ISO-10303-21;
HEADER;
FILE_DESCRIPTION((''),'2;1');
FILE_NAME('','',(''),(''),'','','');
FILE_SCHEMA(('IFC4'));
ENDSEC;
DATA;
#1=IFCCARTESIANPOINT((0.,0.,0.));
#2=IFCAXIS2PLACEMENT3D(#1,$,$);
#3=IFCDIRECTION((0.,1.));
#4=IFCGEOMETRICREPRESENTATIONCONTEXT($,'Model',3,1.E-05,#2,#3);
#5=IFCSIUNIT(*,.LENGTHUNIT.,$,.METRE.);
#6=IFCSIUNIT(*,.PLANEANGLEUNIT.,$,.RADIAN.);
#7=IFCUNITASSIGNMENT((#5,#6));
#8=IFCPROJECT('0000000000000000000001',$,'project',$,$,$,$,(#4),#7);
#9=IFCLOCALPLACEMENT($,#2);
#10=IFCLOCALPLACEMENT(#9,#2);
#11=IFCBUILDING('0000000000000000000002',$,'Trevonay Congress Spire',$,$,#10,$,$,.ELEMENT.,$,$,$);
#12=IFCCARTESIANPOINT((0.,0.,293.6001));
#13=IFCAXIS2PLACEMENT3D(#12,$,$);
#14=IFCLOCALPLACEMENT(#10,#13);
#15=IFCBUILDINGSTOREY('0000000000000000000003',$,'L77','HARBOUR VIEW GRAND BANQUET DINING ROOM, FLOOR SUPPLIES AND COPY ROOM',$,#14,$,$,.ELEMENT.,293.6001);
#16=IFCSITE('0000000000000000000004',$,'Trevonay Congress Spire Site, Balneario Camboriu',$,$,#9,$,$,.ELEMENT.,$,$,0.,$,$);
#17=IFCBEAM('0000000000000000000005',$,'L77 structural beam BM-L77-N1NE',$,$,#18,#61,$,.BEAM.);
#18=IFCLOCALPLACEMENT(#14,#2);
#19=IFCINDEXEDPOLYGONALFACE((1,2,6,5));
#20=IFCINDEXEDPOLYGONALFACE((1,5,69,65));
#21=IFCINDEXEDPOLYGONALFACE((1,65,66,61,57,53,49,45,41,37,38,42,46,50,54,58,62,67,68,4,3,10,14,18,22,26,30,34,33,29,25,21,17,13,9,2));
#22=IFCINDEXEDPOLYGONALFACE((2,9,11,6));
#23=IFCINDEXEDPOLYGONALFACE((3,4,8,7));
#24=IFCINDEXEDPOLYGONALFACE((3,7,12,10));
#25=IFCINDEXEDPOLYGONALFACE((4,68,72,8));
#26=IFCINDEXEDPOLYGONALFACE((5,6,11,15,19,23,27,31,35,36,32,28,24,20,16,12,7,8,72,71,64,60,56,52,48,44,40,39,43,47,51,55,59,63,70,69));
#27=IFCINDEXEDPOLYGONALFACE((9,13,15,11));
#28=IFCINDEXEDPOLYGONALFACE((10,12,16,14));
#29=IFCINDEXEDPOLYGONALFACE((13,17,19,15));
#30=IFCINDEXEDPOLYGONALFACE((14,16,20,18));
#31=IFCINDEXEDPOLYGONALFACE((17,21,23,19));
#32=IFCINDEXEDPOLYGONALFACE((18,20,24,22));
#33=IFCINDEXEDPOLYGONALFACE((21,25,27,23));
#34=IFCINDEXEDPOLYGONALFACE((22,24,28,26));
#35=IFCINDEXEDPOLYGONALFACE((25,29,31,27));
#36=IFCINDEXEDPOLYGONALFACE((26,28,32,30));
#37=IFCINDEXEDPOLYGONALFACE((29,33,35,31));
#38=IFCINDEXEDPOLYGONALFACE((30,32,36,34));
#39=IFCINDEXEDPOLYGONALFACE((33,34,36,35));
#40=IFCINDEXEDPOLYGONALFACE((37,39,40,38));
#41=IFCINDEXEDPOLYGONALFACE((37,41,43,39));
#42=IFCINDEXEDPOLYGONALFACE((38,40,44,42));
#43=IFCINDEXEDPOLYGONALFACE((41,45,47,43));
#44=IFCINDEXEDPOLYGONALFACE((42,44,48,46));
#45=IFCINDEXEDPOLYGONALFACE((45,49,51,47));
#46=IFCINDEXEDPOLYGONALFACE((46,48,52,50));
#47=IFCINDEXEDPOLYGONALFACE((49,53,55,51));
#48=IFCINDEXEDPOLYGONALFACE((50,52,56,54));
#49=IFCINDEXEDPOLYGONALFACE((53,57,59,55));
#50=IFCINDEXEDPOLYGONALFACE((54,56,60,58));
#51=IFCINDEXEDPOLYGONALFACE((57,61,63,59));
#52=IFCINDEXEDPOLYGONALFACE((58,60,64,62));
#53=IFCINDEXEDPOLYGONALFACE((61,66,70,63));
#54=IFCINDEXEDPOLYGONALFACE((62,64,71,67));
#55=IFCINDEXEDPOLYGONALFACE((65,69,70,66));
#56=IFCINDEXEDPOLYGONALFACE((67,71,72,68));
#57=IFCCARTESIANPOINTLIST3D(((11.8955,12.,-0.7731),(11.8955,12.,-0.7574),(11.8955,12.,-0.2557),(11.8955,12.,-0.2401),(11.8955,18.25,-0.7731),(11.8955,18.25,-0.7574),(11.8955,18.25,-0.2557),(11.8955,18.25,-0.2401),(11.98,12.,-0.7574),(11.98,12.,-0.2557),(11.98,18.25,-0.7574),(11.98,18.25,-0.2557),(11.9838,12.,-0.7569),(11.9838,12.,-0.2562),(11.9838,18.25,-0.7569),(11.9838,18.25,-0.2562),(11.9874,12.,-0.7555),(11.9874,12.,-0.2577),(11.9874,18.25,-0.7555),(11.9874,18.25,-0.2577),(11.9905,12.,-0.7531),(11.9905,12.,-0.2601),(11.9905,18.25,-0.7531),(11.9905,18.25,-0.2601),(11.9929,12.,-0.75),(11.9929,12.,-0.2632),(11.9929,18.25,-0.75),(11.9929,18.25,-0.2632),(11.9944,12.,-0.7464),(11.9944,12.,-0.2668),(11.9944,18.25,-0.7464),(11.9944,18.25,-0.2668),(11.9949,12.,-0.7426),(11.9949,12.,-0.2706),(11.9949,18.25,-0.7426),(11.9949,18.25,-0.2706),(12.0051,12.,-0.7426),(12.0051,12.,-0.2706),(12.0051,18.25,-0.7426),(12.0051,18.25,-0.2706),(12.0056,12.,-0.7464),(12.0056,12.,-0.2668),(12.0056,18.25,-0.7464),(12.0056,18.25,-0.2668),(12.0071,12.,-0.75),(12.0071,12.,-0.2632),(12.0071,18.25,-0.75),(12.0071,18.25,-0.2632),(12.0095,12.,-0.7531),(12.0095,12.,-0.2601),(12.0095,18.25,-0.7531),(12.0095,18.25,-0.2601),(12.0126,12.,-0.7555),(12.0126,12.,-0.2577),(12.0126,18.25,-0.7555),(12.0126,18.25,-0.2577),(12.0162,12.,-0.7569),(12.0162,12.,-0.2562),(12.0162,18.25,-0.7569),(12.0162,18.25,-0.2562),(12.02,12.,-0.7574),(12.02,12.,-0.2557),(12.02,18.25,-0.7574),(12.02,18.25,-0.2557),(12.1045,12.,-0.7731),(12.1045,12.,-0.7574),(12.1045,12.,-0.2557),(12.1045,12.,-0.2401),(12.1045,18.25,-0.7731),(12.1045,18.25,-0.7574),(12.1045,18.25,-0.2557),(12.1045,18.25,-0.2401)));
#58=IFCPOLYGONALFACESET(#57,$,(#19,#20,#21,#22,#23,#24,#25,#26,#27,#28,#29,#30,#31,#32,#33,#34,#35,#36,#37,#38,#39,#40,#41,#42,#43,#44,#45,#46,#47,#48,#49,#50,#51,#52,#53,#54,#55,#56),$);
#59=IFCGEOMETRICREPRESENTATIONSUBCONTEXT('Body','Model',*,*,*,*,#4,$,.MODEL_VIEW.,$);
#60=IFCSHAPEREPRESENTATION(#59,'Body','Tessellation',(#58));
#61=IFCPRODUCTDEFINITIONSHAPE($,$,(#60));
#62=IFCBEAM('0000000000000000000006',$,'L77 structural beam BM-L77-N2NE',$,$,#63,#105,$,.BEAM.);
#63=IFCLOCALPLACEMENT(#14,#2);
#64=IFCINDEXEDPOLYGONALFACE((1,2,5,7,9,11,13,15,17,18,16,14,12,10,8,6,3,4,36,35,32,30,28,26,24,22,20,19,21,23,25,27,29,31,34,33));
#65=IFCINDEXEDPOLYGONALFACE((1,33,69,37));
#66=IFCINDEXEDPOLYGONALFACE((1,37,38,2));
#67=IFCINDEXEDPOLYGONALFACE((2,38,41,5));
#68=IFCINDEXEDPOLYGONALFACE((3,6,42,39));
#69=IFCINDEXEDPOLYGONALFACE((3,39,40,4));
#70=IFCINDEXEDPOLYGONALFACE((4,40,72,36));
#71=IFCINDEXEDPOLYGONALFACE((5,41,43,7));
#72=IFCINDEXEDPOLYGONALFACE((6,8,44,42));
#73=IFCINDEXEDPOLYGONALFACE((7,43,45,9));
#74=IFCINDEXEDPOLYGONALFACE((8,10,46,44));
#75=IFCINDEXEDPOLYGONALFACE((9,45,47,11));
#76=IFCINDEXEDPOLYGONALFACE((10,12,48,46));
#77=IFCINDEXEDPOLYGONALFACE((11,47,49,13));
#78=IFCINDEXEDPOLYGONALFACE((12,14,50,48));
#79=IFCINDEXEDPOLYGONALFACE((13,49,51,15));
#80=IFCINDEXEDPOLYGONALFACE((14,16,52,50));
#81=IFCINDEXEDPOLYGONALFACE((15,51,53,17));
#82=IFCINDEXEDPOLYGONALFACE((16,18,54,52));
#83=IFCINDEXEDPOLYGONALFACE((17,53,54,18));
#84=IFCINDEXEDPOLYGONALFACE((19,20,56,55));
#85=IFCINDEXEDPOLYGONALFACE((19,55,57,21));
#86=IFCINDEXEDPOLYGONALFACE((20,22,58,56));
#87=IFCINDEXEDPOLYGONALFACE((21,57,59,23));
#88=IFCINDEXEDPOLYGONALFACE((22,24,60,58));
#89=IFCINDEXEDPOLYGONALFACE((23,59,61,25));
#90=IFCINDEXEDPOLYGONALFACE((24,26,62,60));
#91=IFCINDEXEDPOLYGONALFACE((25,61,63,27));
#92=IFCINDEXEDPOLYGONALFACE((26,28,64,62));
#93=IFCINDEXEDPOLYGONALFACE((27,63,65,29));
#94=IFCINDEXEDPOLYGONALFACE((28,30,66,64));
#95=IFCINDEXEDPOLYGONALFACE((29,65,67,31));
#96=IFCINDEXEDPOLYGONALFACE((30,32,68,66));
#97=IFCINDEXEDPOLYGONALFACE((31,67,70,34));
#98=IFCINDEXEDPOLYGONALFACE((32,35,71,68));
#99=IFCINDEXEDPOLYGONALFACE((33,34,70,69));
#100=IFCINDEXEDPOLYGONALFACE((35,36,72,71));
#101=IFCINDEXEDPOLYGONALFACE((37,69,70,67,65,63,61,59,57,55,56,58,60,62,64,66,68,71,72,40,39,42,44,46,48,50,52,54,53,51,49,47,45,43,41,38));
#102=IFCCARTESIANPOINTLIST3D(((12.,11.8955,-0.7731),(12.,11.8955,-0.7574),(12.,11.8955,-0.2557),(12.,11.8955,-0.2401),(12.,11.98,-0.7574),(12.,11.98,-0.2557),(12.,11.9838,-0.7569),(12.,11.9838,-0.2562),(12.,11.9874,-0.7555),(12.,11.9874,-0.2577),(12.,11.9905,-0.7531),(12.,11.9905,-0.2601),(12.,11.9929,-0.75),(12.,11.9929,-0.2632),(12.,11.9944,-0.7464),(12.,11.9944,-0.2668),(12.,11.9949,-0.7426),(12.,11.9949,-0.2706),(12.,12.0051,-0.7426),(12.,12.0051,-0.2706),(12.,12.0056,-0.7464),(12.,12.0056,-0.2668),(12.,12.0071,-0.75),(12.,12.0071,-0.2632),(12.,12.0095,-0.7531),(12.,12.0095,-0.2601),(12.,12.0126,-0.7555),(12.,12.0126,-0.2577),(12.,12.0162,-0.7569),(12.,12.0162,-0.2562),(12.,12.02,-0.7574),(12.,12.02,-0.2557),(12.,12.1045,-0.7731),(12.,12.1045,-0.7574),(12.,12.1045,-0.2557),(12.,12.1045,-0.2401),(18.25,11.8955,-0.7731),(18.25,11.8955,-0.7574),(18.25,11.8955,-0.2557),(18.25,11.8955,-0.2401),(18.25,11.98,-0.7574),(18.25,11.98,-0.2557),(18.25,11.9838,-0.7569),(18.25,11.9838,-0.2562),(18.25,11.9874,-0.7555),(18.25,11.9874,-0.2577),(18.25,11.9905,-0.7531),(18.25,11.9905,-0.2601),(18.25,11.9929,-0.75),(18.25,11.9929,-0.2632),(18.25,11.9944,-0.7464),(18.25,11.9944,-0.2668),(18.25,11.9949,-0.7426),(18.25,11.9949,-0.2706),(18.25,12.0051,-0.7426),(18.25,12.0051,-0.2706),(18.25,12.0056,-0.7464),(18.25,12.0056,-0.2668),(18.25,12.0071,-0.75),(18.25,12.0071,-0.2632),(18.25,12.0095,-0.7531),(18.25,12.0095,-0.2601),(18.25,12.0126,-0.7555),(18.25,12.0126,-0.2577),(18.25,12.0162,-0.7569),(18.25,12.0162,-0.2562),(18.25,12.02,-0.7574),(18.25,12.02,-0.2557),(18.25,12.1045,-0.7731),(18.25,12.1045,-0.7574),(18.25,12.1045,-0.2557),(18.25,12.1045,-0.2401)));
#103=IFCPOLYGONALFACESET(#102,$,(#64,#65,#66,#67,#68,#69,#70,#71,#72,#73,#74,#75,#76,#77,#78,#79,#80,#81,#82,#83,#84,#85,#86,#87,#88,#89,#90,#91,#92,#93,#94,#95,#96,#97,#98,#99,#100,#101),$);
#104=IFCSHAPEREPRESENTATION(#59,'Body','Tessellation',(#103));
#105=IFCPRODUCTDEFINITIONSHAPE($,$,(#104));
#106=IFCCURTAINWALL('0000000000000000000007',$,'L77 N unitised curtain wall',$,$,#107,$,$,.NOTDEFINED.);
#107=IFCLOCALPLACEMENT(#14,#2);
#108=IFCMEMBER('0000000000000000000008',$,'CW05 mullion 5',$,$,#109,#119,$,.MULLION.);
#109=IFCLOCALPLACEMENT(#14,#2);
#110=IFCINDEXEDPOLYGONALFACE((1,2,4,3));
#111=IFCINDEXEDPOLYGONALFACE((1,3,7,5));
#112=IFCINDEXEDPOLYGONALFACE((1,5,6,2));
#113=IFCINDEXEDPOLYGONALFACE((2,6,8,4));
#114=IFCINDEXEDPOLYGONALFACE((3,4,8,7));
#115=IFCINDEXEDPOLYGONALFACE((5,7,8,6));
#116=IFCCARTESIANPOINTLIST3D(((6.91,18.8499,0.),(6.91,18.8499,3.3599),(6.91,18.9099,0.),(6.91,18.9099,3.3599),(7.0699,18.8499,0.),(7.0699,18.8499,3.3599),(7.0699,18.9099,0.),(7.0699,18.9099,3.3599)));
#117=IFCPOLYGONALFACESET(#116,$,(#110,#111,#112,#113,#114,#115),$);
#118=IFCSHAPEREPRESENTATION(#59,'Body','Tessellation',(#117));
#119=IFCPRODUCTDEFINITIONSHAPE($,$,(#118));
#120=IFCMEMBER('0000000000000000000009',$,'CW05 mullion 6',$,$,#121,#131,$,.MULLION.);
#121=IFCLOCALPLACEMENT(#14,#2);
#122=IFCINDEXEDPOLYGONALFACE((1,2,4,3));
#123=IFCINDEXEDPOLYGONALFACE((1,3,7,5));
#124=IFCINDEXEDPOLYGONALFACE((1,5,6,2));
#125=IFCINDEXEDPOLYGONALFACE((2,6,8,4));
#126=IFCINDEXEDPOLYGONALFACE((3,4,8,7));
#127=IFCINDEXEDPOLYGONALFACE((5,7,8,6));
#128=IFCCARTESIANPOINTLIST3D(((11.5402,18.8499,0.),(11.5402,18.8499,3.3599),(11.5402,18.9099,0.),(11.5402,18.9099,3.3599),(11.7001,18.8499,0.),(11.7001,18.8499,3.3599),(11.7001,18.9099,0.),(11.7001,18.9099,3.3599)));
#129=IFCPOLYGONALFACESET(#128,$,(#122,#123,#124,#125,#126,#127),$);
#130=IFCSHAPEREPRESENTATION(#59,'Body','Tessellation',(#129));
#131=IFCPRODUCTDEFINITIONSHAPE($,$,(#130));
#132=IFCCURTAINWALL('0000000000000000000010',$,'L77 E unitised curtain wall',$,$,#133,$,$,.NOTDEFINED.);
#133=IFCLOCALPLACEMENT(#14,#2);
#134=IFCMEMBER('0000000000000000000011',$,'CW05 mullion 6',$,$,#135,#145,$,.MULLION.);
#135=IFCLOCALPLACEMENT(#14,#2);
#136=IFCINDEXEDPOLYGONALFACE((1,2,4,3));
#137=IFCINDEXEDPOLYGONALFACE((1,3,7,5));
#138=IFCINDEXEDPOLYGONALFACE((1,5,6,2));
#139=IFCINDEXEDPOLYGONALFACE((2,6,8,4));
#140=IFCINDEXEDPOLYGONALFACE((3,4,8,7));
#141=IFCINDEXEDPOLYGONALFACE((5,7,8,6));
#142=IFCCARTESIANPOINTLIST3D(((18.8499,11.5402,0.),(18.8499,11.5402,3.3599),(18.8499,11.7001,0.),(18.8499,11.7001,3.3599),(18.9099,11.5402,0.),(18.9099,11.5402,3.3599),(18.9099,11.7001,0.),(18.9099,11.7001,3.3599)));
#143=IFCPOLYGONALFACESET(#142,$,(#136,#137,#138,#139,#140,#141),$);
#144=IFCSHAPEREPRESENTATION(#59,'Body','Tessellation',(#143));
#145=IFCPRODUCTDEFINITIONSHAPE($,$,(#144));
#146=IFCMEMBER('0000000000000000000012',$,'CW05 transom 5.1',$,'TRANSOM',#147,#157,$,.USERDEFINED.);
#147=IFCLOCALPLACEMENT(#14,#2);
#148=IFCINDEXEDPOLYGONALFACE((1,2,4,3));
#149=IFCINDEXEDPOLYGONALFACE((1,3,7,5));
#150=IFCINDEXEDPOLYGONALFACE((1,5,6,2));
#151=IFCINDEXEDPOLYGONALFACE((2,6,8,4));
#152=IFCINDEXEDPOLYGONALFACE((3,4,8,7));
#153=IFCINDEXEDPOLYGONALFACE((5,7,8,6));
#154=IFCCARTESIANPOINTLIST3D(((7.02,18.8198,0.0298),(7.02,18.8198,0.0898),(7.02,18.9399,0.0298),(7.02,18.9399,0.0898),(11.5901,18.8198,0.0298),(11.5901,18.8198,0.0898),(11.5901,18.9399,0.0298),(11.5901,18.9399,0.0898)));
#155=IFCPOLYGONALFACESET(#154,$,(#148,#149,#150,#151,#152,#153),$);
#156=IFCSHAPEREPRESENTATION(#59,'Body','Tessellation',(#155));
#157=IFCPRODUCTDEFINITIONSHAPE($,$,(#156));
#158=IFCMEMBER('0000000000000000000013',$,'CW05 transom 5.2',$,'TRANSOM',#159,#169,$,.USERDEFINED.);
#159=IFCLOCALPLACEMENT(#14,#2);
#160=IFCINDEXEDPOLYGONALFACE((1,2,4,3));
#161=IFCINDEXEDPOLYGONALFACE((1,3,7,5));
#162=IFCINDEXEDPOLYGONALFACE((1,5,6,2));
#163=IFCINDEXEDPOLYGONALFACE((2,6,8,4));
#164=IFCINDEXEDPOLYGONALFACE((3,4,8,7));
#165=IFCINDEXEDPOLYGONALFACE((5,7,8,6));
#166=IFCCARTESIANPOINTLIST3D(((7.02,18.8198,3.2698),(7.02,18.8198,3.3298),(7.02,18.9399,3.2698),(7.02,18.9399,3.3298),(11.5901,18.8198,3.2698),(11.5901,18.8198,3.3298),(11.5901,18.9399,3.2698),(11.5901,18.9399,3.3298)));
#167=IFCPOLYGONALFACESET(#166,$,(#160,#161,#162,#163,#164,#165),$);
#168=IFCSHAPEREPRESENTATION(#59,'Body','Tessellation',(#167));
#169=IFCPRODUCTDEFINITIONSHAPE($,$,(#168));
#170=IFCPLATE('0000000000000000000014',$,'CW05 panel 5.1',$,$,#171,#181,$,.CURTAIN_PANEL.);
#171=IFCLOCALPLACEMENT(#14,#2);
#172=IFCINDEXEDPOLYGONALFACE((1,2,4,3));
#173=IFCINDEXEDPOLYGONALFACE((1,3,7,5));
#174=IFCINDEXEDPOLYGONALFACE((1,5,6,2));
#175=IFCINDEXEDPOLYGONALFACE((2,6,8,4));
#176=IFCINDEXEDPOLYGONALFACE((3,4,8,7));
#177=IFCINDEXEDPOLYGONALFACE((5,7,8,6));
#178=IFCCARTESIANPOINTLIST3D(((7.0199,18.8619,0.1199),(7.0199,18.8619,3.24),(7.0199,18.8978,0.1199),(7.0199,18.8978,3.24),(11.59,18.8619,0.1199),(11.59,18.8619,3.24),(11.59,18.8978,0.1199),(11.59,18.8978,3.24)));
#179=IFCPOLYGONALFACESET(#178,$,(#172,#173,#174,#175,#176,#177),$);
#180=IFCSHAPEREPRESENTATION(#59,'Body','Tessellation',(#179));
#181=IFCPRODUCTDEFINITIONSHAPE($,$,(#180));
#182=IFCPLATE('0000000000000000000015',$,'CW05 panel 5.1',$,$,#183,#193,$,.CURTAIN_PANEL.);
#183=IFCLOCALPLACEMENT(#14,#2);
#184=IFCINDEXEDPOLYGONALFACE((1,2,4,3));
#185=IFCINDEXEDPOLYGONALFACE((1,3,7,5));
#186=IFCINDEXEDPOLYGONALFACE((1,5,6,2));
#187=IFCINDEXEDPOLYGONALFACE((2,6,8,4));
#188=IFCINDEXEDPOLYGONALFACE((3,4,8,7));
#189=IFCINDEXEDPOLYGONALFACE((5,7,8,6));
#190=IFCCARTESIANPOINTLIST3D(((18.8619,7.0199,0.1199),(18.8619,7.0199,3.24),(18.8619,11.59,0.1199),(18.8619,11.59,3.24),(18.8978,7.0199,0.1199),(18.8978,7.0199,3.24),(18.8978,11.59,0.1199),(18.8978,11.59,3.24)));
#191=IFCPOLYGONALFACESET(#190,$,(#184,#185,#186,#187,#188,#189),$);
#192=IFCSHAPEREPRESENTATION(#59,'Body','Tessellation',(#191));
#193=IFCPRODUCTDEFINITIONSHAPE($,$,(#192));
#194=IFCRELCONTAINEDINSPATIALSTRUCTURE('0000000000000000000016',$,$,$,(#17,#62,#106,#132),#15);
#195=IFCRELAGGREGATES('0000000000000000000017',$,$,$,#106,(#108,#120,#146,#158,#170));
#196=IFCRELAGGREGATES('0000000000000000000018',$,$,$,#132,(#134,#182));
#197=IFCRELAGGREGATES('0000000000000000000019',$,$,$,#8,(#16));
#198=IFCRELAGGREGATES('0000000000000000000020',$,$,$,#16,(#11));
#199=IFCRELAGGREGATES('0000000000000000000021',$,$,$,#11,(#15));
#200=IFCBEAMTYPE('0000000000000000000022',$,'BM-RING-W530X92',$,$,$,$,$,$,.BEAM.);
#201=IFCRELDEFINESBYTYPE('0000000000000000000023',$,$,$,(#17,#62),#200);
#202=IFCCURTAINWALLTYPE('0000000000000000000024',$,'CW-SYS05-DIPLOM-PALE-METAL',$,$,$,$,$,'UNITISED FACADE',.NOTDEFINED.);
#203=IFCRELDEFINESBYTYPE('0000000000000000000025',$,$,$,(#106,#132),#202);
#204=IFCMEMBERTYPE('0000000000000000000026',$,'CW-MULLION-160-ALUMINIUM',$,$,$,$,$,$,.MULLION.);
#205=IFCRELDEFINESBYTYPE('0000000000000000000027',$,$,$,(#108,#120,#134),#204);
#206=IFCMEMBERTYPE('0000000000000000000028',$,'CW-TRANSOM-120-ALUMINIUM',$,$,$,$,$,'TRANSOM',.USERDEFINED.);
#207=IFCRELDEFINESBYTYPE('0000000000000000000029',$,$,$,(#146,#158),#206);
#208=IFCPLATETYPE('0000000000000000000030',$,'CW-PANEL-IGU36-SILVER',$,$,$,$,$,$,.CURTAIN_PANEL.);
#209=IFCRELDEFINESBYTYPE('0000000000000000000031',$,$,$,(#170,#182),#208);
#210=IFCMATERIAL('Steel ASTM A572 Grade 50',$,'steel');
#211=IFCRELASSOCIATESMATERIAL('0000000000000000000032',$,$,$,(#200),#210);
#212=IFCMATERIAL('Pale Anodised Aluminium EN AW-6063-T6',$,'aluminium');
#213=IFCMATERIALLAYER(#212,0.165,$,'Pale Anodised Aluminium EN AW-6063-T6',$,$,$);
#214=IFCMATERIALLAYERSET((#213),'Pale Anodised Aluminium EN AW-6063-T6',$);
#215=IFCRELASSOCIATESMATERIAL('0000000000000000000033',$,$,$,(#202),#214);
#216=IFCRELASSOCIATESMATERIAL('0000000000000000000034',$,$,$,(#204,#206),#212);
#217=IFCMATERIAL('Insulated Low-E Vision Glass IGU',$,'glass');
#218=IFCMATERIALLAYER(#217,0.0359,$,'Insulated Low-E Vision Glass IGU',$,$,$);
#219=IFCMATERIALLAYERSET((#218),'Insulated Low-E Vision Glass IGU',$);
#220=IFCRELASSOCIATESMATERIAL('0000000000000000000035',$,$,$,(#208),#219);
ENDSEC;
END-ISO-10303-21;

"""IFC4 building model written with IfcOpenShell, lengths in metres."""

from ifc_helpers import new_model, si_unit, direction, frame, origin, origin_2d, place, context, subcontext, project, spatial, rectangle, i_section, extrude, material, layer, layer_set, material_profile, profile_set, type_object, element, aggregate, save


model = new_model("IFC4")

# Units and contexts
model_context = context("Model", 3, precision=1e-05, world=origin(), true_north=direction((0.0, 1.0)))
body_context = subcontext(model_context, "Body", "Model", "MODEL_VIEW")
ifc_project = project(units=[si_unit("LENGTHUNIT", "METRE"), si_unit("PLANEANGLEUNIT", "RADIAN")], contexts=[model_context])

# Site, building, storey
site_placement = place(None, origin())
site = spatial("IfcSite", under=ifc_project, at=site_placement, Name="Trevonay Congress Spire Site, Balneario Camboriu", CompositionType="ELEMENT", RefElevation=0.0)
building_placement = place(site_placement, origin())
building = spatial("IfcBuilding", under=site, at=building_placement, Name="Trevonay Congress Spire", CompositionType="ELEMENT")
storey_placement = place(building_placement, frame((0.0, 0.0, 293.6001)))
storey = spatial("IfcBuildingStorey", under=building, at=storey_placement, Name="L77", Description="HARBOUR VIEW GRAND BANQUET DINING ROOM, FLOOR SUPPLIES AND COPY ROOM", CompositionType="ELEMENT", Elevation=293.6001)

# Shared definitions
ifc_material_1 = material(Name="Steel ASTM A572 Grade 50", Category="steel")

# Beams
ifc_material_profile_1 = material_profile(ifc_material_1, i_section(OverallWidth=0.209, OverallDepth=0.533, WebThickness=0.0103, FlangeThickness=0.0156, FilletRadius=0.0149, at=origin_2d()), Name="W530x92")
ifc_profile_set_1 = profile_set([ifc_material_profile_1], Name="Steel ASTM A572 Grade 50")
beam_type_1 = type_object("IfcBeamType", Name="BM-RING-W530X92", PredefinedType="BEAM", material=ifc_profile_set_1)
for number, where, z_axis, x_axis, name in (
    (1, (12.0, 18.25, -0.5066), (0.0, -1.0, 0.0), (1.0, 0.0, 0.0), "L77 structural beam BM-L77-N1NE"),
    (2, (18.25, 12.0, -0.5066), (-1.0, 0.0, 0.0), (0.0, -1.0, 0.0), "L77 structural beam BM-L77-N2NE"),
):
    element("IfcBeam", number, at=place(storey_placement, frame(where, z_axis=z_axis, x_axis=x_axis)), inside=storey, type_object=beam_type_1, Name=name, PredefinedType="BEAM", context=body_context, shape_type="SweptSolid", body=[
        extrude(i_section(OverallWidth=0.209, OverallDepth=0.533, WebThickness=0.0103, FlangeThickness=0.0156, FilletRadius=0.0149, at=origin_2d()), origin(), (0.0, 0.0, 1.0), 6.25),
    ])

# Curtain wall, members
ifc_material_2 = material(Name="Pale Anodised Aluminium EN AW-6063-T6", Category="aluminium")
ifc_layer_1 = layer(ifc_material_2, 0.165, Name="Pale Anodised Aluminium EN AW-6063-T6")
ifc_layer_set_1 = layer_set([ifc_layer_1], Name="Pale Anodised Aluminium EN AW-6063-T6")
curtain_wall_type = type_object("IfcCurtainWallType", Name="CW-SYS05-DIPLOM-PALE-METAL", ElementType="UNITISED FACADE", PredefinedType="NOTDEFINED", material=ifc_layer_set_1)
curtain_wall_1_placement = place(storey_placement, origin())
curtain_wall_1 = element("IfcCurtainWall", 3, at=curtain_wall_1_placement, inside=storey, type_object=curtain_wall_type, Name="L77 N unitised curtain wall", PredefinedType="NOTDEFINED")
ifc_material_profile_2 = material_profile(ifc_material_2, rectangle(XDim=0.0601, YDim=0.1599, at=origin_2d()), Name="CW-MULLION-160-ALUMINIUM")
ifc_profile_set_2 = profile_set([ifc_material_profile_2], Name="Pale Anodised Aluminium EN AW-6063-T6")
member_type_1 = type_object("IfcMemberType", Name="CW-MULLION-160-ALUMINIUM", PredefinedType="MULLION", material=ifc_profile_set_2)
member_1_placement = place(storey_placement, frame((6.99, 18.8799, 0.0), z_axis=(0.0, 0.0, 1.0), x_axis=(0.0, 1.0, 0.0)))
member_1 = element("IfcMember", 4, at=member_1_placement, type_object=member_type_1, Name="CW05 mullion 5", PredefinedType="MULLION", context=body_context, shape_type="SweptSolid", body=[
    extrude(rectangle(XDim=0.0601, YDim=0.1599, at=origin_2d()), origin(), (0.0, 0.0, 1.0), 3.3599),
])
member_2_placement = place(storey_placement, frame((11.6201, 18.8799, 0.0), z_axis=(0.0, 0.0, 1.0), x_axis=(0.0, 1.0, 0.0)))
member_2 = element("IfcMember", 5, at=member_2_placement, type_object=member_type_1, Name="CW05 mullion 6", PredefinedType="MULLION", context=body_context, shape_type="SweptSolid", body=[
    extrude(rectangle(XDim=0.0601, YDim=0.1599, at=origin_2d()), origin(), (0.0, 0.0, 1.0), 3.3599),
])

# Curtain wall, member
curtain_wall_2_placement = place(storey_placement, origin())
curtain_wall_2 = element("IfcCurtainWall", 6, at=curtain_wall_2_placement, inside=storey, type_object=curtain_wall_type, Name="L77 E unitised curtain wall", PredefinedType="NOTDEFINED")
member_3_placement = place(storey_placement, frame((18.8799, 11.6201, 0.0), z_axis=(0.0, 0.0, 1.0), x_axis=(-1.0, 0.0, 0.0)))
member_3 = element("IfcMember", 7, at=member_3_placement, type_object=member_type_1, Name="CW05 mullion 6", PredefinedType="MULLION", context=body_context, shape_type="SweptSolid", body=[
    extrude(rectangle(XDim=0.0601, YDim=0.1599, at=origin_2d()), origin(), (0.0, 0.0, 1.0), 3.3599),
])

# Members
ifc_material_profile_3 = material_profile(ifc_material_2, rectangle(XDim=0.1201, YDim=0.0601, at=origin_2d()), Name="CW-TRANSOM-120-ALUMINIUM")
ifc_profile_set_3 = profile_set([ifc_material_profile_3], Name="Pale Anodised Aluminium EN AW-6063-T6")
member_type_2 = type_object("IfcMemberType", Name="CW-TRANSOM-120-ALUMINIUM", ElementType="TRANSOM", PredefinedType="USERDEFINED", material=ifc_profile_set_3)
member_4_placement = place(storey_placement, frame((7.02, 18.8799, 0.0598), z_axis=(1.0, 0.0, 0.0), x_axis=(0.0, 1.0, 0.0)))
member_4 = element("IfcMember", 8, at=member_4_placement, type_object=member_type_2, Name="CW05 transom 5.1", ObjectType="TRANSOM", PredefinedType="USERDEFINED", context=body_context, shape_type="SweptSolid", body=[
    extrude(rectangle(XDim=0.1201, YDim=0.0601, at=origin_2d()), origin(), (0.0, 0.0, 1.0), 4.5701),
])
member_5_placement = place(storey_placement, frame((7.02, 18.8799, 3.2998), z_axis=(1.0, 0.0, 0.0), x_axis=(0.0, 1.0, 0.0)))
member_5 = element("IfcMember", 9, at=member_5_placement, type_object=member_type_2, Name="CW05 transom 5.2", ObjectType="TRANSOM", PredefinedType="USERDEFINED", context=body_context, shape_type="SweptSolid", body=[
    extrude(rectangle(XDim=0.1201, YDim=0.0601, at=origin_2d()), origin(), (0.0, 0.0, 1.0), 4.5701),
])

# Plates
ifc_material_3 = material(Name="Insulated Low-E Vision Glass IGU", Category="glass")
ifc_layer_2 = layer(ifc_material_3, 0.0359, Name="Insulated Low-E Vision Glass IGU")
ifc_layer_set_2 = layer_set([ifc_layer_2], Name="Insulated Low-E Vision Glass IGU")
plate_type = type_object("IfcPlateType", Name="CW-PANEL-IGU36-SILVER", PredefinedType="CURTAIN_PANEL", material=ifc_layer_set_2)
plate_1_placement = place(storey_placement, frame((9.3049, 18.8799, 0.1199), z_axis=(0.0, 0.0, 1.0), x_axis=(1.0, 0.0, 0.0)))
plate_1 = element("IfcPlate", 10, at=plate_1_placement, type_object=plate_type, Name="CW05 panel 5.1", PredefinedType="CURTAIN_PANEL", context=body_context, shape_type="SweptSolid", body=[
    extrude(rectangle(XDim=4.5701, YDim=0.0359, at=origin_2d()), origin(), (0.0, 0.0, 1.0), 3.1201),
])
aggregate(curtain_wall_1, [member_1, member_2, member_4, member_5, plate_1])
plate_2_placement = place(storey_placement, frame((18.8799, 9.3049, 0.1199), z_axis=(0.0, 0.0, 1.0), x_axis=(0.0, 1.0, 0.0)))
plate_2 = element("IfcPlate", 11, at=plate_2_placement, type_object=plate_type, Name="CW05 panel 5.1", PredefinedType="CURTAIN_PANEL", context=body_context, shape_type="SweptSolid", body=[
    extrude(rectangle(XDim=4.5701, YDim=0.0359, at=origin_2d()), origin(), (0.0, 0.0, 1.0), 3.1201),
])
aggregate(curtain_wall_2, [member_3, plate_2])

save(model, "model.ifc")
